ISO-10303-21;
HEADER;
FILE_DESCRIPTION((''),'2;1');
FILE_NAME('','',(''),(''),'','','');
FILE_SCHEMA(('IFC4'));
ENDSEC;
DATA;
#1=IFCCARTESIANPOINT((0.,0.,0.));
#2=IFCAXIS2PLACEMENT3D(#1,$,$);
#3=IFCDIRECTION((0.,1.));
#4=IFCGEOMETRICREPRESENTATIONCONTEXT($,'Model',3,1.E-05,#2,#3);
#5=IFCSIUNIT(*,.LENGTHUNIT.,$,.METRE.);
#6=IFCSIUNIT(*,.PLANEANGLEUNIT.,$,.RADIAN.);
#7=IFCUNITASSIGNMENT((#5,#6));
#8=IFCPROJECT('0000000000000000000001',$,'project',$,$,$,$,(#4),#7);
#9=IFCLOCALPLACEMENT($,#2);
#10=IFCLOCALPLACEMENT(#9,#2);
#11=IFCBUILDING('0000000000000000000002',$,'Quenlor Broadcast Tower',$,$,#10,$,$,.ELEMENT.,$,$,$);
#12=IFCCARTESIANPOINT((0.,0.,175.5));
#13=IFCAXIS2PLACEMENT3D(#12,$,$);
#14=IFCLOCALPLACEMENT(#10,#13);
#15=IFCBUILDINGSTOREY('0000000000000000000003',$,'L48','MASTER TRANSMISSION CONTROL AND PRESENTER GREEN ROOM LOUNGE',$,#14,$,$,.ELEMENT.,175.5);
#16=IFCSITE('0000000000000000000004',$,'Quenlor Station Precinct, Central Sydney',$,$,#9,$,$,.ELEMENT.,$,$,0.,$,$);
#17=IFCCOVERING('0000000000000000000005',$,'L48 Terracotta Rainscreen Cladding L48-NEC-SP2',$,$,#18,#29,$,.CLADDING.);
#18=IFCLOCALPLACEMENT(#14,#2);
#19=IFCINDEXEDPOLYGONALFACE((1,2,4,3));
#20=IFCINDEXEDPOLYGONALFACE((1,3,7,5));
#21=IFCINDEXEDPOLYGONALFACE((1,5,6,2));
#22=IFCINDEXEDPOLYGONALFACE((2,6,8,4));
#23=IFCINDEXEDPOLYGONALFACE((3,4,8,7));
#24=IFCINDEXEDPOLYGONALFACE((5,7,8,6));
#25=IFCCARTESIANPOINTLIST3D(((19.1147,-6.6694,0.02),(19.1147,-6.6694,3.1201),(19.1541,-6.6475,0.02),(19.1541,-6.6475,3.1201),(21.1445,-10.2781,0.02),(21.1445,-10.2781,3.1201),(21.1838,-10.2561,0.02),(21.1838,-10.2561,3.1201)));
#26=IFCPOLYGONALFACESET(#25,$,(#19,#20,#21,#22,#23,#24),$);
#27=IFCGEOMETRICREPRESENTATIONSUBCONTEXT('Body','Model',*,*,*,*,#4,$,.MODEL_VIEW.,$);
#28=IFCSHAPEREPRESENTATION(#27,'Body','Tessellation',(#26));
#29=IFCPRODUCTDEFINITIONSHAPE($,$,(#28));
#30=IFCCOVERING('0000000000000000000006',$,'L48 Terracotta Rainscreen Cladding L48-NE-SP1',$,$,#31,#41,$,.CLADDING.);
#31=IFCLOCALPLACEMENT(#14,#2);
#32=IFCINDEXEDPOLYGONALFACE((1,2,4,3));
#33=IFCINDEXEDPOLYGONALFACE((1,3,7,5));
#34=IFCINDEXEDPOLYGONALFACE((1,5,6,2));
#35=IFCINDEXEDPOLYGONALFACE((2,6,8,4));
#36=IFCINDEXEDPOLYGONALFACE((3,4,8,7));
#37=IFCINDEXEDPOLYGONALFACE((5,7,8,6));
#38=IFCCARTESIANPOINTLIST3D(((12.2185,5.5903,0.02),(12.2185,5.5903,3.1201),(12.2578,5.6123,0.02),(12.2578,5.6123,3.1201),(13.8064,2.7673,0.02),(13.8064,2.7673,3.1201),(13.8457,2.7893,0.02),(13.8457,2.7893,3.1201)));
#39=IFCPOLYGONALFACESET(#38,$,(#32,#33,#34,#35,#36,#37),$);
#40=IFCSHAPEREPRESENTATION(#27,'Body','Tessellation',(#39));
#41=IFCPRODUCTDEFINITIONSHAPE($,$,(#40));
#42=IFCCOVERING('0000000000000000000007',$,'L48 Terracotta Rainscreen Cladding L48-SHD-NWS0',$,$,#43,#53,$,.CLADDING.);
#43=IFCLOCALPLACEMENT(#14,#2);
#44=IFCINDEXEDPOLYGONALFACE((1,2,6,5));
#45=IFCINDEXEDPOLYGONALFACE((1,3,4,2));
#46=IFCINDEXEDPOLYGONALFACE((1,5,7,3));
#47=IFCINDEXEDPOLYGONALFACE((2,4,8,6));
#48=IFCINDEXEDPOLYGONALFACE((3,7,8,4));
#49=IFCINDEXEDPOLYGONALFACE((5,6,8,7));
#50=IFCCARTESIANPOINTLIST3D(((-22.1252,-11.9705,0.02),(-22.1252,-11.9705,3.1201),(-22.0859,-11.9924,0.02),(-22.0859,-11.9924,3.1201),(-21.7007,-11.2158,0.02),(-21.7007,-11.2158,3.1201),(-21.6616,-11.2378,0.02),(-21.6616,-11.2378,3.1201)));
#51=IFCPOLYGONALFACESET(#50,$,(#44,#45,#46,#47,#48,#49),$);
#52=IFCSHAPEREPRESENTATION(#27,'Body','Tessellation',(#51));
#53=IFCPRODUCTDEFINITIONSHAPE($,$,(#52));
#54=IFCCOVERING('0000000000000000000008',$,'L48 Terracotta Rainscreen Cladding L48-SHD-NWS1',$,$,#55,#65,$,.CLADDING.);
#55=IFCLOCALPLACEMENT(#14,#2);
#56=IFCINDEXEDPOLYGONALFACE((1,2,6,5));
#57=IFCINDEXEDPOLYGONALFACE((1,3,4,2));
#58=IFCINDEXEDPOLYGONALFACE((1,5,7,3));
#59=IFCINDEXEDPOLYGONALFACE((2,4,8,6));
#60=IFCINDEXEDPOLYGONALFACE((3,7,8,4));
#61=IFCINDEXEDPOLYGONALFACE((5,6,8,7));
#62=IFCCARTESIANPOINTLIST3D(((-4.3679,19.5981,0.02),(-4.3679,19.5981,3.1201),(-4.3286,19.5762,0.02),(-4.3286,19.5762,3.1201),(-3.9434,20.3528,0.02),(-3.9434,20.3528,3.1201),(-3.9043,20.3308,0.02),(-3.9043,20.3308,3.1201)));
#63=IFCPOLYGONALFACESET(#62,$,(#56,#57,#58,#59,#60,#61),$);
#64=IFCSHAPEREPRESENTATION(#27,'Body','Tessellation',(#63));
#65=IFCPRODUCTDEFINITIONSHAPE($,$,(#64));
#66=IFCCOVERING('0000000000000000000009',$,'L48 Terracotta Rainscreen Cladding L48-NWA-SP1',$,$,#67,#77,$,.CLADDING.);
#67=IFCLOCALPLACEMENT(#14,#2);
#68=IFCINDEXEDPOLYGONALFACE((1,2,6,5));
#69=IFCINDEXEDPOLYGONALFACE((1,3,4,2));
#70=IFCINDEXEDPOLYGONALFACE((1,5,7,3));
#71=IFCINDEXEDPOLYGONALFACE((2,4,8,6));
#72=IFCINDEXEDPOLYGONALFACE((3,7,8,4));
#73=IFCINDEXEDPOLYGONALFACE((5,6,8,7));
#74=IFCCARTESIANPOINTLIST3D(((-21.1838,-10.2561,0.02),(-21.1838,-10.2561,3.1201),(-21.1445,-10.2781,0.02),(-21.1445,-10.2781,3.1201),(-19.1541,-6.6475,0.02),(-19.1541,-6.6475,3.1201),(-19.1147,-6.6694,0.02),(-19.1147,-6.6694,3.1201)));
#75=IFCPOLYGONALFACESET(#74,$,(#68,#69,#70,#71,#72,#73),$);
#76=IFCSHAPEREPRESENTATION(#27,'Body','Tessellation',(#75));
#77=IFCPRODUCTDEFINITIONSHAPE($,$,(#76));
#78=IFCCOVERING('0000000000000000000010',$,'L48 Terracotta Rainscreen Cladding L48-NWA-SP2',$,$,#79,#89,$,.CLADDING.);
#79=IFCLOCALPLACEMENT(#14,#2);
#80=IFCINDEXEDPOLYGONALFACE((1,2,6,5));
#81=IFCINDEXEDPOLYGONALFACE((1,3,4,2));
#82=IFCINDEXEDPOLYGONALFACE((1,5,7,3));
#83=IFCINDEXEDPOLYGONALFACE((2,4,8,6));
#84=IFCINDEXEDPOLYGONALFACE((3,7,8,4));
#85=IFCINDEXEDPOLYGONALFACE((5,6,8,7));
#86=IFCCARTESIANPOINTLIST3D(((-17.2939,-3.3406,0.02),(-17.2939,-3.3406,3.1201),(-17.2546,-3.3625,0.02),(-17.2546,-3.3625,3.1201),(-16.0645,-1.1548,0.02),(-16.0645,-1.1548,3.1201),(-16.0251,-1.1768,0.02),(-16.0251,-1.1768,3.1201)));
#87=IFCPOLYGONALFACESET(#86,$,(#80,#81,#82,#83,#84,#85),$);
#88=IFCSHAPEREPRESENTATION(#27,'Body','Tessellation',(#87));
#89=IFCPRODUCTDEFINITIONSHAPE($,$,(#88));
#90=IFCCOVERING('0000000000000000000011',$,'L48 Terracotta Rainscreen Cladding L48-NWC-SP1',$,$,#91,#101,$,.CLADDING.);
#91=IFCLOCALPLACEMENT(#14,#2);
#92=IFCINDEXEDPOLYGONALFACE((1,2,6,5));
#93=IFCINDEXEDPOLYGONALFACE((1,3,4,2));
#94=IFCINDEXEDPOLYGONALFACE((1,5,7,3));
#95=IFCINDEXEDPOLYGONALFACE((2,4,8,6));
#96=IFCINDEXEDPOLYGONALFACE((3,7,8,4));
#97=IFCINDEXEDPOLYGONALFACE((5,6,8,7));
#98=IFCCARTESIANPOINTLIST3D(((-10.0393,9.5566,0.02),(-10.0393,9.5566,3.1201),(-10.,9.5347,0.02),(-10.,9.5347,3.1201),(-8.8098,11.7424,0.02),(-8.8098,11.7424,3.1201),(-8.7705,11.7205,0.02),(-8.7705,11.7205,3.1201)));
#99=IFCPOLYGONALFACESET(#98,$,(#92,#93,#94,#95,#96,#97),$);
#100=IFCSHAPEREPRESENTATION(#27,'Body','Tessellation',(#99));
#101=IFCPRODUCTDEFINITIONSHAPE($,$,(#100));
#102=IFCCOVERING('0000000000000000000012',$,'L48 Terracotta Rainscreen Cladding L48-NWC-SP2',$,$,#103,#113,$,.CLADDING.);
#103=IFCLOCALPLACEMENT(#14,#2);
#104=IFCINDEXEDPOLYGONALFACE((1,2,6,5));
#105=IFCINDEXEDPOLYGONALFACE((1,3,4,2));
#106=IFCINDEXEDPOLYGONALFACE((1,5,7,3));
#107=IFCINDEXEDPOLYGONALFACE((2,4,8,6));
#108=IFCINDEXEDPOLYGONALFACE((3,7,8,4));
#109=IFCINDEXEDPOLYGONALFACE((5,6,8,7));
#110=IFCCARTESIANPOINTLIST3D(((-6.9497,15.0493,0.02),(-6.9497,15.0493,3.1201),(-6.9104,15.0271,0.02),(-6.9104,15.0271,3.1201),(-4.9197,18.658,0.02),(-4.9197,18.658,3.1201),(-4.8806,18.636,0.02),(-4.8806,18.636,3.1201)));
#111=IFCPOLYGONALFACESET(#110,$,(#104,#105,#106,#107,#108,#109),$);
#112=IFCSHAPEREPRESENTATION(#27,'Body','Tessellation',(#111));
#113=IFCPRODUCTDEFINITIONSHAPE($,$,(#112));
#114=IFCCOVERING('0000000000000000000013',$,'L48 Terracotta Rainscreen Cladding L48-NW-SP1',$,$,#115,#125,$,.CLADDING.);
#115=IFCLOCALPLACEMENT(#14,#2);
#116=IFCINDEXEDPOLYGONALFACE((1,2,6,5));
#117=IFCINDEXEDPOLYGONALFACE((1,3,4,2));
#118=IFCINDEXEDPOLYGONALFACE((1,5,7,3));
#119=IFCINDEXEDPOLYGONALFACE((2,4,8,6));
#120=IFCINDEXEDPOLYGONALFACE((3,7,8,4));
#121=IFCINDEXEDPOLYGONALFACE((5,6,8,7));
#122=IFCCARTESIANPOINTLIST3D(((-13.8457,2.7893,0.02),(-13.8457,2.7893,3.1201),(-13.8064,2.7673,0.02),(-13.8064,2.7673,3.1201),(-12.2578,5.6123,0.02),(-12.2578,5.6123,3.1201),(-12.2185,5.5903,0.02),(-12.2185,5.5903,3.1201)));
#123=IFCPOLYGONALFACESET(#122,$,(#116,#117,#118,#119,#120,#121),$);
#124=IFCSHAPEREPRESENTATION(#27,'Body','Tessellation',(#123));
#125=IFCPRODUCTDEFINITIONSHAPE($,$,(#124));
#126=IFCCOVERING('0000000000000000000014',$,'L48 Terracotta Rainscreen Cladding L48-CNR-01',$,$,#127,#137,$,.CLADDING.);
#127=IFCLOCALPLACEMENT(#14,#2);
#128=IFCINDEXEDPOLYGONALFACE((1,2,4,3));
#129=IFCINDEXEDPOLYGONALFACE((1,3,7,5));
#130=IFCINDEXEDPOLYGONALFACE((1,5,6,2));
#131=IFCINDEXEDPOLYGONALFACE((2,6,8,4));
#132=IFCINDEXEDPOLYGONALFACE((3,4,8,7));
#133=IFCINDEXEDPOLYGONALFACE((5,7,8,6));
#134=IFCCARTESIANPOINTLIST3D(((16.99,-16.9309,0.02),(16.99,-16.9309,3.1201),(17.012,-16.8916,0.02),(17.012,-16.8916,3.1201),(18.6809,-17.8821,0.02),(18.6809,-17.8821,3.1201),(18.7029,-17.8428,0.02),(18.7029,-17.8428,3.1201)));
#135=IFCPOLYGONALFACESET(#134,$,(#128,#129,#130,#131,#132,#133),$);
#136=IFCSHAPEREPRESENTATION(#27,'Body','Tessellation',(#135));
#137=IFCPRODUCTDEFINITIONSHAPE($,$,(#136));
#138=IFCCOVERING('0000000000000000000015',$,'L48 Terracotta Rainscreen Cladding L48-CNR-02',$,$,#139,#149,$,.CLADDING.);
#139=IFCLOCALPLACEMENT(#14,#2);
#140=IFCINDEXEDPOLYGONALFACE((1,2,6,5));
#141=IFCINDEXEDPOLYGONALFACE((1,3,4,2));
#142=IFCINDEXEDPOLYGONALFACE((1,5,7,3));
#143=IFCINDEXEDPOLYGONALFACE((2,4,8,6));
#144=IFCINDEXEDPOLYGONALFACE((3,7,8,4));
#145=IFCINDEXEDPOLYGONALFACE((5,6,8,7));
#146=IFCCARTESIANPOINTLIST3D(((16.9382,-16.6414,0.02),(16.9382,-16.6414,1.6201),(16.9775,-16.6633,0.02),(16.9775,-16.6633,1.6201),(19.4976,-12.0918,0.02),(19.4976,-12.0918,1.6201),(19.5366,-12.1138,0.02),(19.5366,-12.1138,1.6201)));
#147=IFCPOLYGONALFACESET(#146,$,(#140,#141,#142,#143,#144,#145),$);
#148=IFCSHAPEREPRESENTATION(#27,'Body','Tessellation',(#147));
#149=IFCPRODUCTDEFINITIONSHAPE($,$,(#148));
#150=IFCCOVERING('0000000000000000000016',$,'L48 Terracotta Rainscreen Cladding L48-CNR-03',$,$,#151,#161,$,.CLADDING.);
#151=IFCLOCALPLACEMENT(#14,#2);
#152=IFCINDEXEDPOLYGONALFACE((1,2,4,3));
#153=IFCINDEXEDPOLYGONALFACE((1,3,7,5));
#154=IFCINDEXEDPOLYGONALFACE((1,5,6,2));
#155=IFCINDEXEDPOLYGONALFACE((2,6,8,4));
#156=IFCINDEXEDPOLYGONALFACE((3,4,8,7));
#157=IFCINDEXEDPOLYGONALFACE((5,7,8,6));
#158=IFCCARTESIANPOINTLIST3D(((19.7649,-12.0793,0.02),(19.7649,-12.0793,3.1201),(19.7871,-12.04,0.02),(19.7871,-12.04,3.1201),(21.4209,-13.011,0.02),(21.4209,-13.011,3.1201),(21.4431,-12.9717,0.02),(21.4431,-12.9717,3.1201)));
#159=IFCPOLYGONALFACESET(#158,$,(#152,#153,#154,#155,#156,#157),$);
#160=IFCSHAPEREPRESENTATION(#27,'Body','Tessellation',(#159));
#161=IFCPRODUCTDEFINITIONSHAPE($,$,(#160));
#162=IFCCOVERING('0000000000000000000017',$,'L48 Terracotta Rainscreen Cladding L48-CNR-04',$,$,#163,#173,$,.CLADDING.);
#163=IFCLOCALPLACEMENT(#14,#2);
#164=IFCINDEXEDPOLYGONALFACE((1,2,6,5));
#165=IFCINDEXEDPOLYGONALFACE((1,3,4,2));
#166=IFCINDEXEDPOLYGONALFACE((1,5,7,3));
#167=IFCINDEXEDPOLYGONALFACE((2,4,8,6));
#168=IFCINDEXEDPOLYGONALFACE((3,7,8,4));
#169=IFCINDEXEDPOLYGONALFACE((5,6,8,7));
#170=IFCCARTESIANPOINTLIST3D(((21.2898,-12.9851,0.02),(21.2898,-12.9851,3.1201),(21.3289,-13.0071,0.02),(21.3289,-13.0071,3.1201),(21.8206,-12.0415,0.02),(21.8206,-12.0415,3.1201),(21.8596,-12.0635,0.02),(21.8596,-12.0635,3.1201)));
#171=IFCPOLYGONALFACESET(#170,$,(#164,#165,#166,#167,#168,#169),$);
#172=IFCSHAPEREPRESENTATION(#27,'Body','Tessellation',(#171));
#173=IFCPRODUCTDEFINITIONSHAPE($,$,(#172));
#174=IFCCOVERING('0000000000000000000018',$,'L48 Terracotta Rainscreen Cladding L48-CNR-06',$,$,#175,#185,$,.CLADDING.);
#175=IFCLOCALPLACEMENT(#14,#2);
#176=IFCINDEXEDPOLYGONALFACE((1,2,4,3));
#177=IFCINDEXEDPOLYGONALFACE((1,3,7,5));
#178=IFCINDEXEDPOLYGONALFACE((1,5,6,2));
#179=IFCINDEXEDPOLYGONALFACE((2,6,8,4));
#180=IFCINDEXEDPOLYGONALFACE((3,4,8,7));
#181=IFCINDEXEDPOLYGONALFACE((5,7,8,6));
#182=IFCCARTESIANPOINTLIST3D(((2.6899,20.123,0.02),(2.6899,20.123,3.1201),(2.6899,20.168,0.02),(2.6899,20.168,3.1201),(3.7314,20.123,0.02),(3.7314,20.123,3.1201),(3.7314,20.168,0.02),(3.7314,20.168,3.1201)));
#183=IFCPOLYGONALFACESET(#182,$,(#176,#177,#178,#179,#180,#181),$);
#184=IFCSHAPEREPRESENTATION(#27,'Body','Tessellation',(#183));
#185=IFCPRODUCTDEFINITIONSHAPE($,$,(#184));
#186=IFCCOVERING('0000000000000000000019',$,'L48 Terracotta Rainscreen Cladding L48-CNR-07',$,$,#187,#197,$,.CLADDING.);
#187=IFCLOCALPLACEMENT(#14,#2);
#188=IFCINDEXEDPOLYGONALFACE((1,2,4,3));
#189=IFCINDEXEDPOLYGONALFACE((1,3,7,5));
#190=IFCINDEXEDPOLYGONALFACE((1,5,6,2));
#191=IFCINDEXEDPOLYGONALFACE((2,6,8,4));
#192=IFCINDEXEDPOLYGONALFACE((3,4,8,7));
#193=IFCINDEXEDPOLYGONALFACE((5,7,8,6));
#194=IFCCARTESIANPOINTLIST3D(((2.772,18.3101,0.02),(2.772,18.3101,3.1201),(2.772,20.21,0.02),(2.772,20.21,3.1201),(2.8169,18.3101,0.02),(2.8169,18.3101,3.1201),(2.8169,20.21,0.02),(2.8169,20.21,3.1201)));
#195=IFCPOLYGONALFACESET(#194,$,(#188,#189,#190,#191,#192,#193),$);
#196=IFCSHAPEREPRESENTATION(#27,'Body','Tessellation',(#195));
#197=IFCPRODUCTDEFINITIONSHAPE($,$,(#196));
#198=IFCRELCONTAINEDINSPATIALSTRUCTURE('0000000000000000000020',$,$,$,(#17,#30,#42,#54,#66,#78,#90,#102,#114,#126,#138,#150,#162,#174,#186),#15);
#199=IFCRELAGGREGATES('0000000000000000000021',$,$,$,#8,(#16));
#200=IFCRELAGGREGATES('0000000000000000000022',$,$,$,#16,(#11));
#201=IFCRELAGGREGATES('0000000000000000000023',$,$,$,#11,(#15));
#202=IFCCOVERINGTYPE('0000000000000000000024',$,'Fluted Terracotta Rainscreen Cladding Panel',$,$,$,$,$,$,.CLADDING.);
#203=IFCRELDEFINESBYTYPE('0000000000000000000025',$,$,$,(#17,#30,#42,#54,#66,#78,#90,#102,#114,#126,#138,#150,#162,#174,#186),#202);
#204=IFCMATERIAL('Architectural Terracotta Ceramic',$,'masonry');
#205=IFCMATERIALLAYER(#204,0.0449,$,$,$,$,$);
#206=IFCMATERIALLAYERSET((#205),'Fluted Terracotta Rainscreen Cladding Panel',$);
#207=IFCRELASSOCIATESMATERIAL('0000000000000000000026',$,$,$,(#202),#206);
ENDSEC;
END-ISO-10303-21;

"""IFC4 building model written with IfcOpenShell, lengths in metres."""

from ifc_helpers import new_model, si_unit, direction, frame, origin, place, context, subcontext, project, spatial, polyline, outline, extrude, material, layer, layer_set, type_object, element, save


model = new_model("IFC4")

# Units and contexts
model_context = context("Model", 3, precision=1e-05, world=origin(), true_north=direction((0.0, 1.0)))
body_context = subcontext(model_context, "Body", "Model", "MODEL_VIEW")
ifc_project = project(units=[si_unit("LENGTHUNIT", "METRE"), si_unit("PLANEANGLEUNIT", "RADIAN")], contexts=[model_context])

# Site, building, storey
site_placement = place(None, origin())
site = spatial("IfcSite", under=ifc_project, at=site_placement, Name="Quenlor Station Precinct, Central Sydney", CompositionType="ELEMENT", RefElevation=0.0)
building_placement = place(site_placement, origin())
building = spatial("IfcBuilding", under=site, at=building_placement, Name="Quenlor Broadcast Tower", CompositionType="ELEMENT")
storey_placement = place(building_placement, frame((0.0, 0.0, 175.5)))
storey = spatial("IfcBuildingStorey", under=building, at=storey_placement, Name="L48", Description="MASTER TRANSMISSION CONTROL AND PRESENTER GREEN ROOM LOUNGE", CompositionType="ELEMENT", Elevation=175.5)

# Coverings
ifc_material_1 = material(Name="Architectural Terracotta Ceramic", Category="masonry")
ifc_layer_1 = layer(ifc_material_1, 0.0449)
ifc_layer_set_1 = layer_set([ifc_layer_1], Name="Fluted Terracotta Rainscreen Cladding Panel")
covering_type = type_object("IfcCoveringType", Name="Fluted Terracotta Rainscreen Cladding Panel", PredefinedType="CLADDING", material=ifc_layer_set_1)
covering_1_placement = place(storey_placement, frame((0.0, 0.0, 0.02)))
element("IfcCovering", 1, at=covering_1_placement, inside=storey, type_object=covering_type, Name="L48 Terracotta Rainscreen Cladding L48-NEC-SP2", PredefinedType="CLADDING", context=body_context, shape_type="SweptSolid", body=[
    extrude(outline(polyline([(19.1147, -6.6694), (21.1445, -10.2781), (21.1838, -10.2561), (19.1541, -6.6475), (19.1147, -6.6694)])), origin(), (0.0, 0.0, 1.0), 3.1001),
])
covering_2_placement = place(storey_placement, frame((0.0, 0.0, 0.02)))
element("IfcCovering", 2, at=covering_2_placement, inside=storey, type_object=covering_type, Name="L48 Terracotta Rainscreen Cladding L48-NE-SP1", PredefinedType="CLADDING", context=body_context, shape_type="SweptSolid", body=[
    extrude(outline(polyline([(12.2185, 5.5903), (13.8064, 2.7673), (13.8457, 2.7893), (12.2578, 5.6123), (12.2185, 5.5903)])), origin(), (0.0, 0.0, 1.0), 3.1001),
])
covering_3_placement = place(storey_placement, frame((0.0, 0.0, 0.02)))
element("IfcCovering", 3, at=covering_3_placement, inside=storey, type_object=covering_type, Name="L48 Terracotta Rainscreen Cladding L48-SHD-NWS0", PredefinedType="CLADDING", context=body_context, shape_type="SweptSolid", body=[
    extrude(outline(polyline([(-22.0859, -11.9924), (-21.6616, -11.2378), (-21.7007, -11.2158), (-22.1252, -11.9705), (-22.0859, -11.9924)])), origin(), (0.0, 0.0, 1.0), 3.1001),
])
covering_4_placement = place(storey_placement, frame((0.0, 0.0, 0.02)))
element("IfcCovering", 4, at=covering_4_placement, inside=storey, type_object=covering_type, Name="L48 Terracotta Rainscreen Cladding L48-SHD-NWS1", PredefinedType="CLADDING", context=body_context, shape_type="SweptSolid", body=[
    extrude(outline(polyline([(-4.3286, 19.5762), (-3.9043, 20.3308), (-3.9434, 20.3528), (-4.3679, 19.5981), (-4.3286, 19.5762)])), origin(), (0.0, 0.0, 1.0), 3.1001),
])
covering_5_placement = place(storey_placement, frame((0.0, 0.0, 0.02)))
element("IfcCovering", 5, at=covering_5_placement, inside=storey, type_object=covering_type, Name="L48 Terracotta Rainscreen Cladding L48-NWA-SP1", PredefinedType="CLADDING", context=body_context, shape_type="SweptSolid", body=[
    extrude(outline(polyline([(-21.1445, -10.2781), (-19.1147, -6.6694), (-19.1541, -6.6475), (-21.1838, -10.2561), (-21.1445, -10.2781)])), origin(), (0.0, 0.0, 1.0), 3.1001),
])
covering_6_placement = place(storey_placement, frame((0.0, 0.0, 0.02)))
element("IfcCovering", 6, at=covering_6_placement, inside=storey, type_object=covering_type, Name="L48 Terracotta Rainscreen Cladding L48-NWA-SP2", PredefinedType="CLADDING", context=body_context, shape_type="SweptSolid", body=[
    extrude(outline(polyline([(-17.2546, -3.3625), (-16.0251, -1.1768), (-16.0645, -1.1548), (-17.2939, -3.3406), (-17.2546, -3.3625)])), origin(), (0.0, 0.0, 1.0), 3.1001),
])
covering_7_placement = place(storey_placement, frame((0.0, 0.0, 0.02)))
element("IfcCovering", 7, at=covering_7_placement, inside=storey, type_object=covering_type, Name="L48 Terracotta Rainscreen Cladding L48-NWC-SP1", PredefinedType="CLADDING", context=body_context, shape_type="SweptSolid", body=[
    extrude(outline(polyline([(-10.0, 9.5347), (-8.7705, 11.7205), (-8.8098, 11.7424), (-10.0393, 9.5566), (-10.0, 9.5347)])), origin(), (0.0, 0.0, 1.0), 3.1001),
])
covering_8_placement = place(storey_placement, frame((0.0, 0.0, 0.02)))
element("IfcCovering", 8, at=covering_8_placement, inside=storey, type_object=covering_type, Name="L48 Terracotta Rainscreen Cladding L48-NWC-SP2", PredefinedType="CLADDING", context=body_context, shape_type="SweptSolid", body=[
    extrude(outline(polyline([(-6.9104, 15.0271), (-4.8806, 18.636), (-4.9197, 18.658), (-6.9497, 15.0493), (-6.9104, 15.0271)])), origin(), (0.0, 0.0, 1.0), 3.1001),
])
covering_9_placement = place(storey_placement, frame((0.0, 0.0, 0.02)))
element("IfcCovering", 9, at=covering_9_placement, inside=storey, type_object=covering_type, Name="L48 Terracotta Rainscreen Cladding L48-NW-SP1", PredefinedType="CLADDING", context=body_context, shape_type="SweptSolid", body=[
    extrude(outline(polyline([(-13.8064, 2.7673), (-12.2185, 5.5903), (-12.2578, 5.6123), (-13.8457, 2.7893), (-13.8064, 2.7673)])), origin(), (0.0, 0.0, 1.0), 3.1001),
])
covering_10_placement = place(storey_placement, frame((0.0, 0.0, 0.02)))
element("IfcCovering", 10, at=covering_10_placement, inside=storey, type_object=covering_type, Name="L48 Terracotta Rainscreen Cladding L48-CNR-01", PredefinedType="CLADDING", context=body_context, shape_type="SweptSolid", body=[
    extrude(outline(polyline([(18.7029, -17.8428), (17.012, -16.8916), (16.99, -16.9309), (18.6809, -17.8821), (18.7029, -17.8428)])), origin(), (0.0, 0.0, 1.0), 3.1001),
])
covering_11_placement = place(storey_placement, frame((0.0, 0.0, 0.02)))
element("IfcCovering", 11, at=covering_11_placement, inside=storey, type_object=covering_type, Name="L48 Terracotta Rainscreen Cladding L48-CNR-02", PredefinedType="CLADDING", context=body_context, shape_type="SweptSolid", body=[
    extrude(outline(polyline([(16.9775, -16.6633), (19.5366, -12.1138), (19.4976, -12.0918), (16.9382, -16.6414), (16.9775, -16.6633)])), origin(), (0.0, 0.0, 1.0), 1.6001),
])
covering_12_placement = place(storey_placement, frame((0.0, 0.0, 0.02)))
element("IfcCovering", 12, at=covering_12_placement, inside=storey, type_object=covering_type, Name="L48 Terracotta Rainscreen Cladding L48-CNR-03", PredefinedType="CLADDING", context=body_context, shape_type="SweptSolid", body=[
    extrude(outline(polyline([(19.7649, -12.0793), (21.4209, -13.011), (21.4431, -12.9717), (19.7871, -12.04), (19.7649, -12.0793)])), origin(), (0.0, 0.0, 1.0), 3.1001),
])
covering_13_placement = place(storey_placement, frame((0.0, 0.0, 0.02)))
element("IfcCovering", 13, at=covering_13_placement, inside=storey, type_object=covering_type, Name="L48 Terracotta Rainscreen Cladding L48-CNR-04", PredefinedType="CLADDING", context=body_context, shape_type="SweptSolid", body=[
    extrude(outline(polyline([(21.3289, -13.0071), (21.8596, -12.0635), (21.8206, -12.0415), (21.2898, -12.9851), (21.3289, -13.0071)])), origin(), (0.0, 0.0, 1.0), 3.1001),
])
covering_14_placement = place(storey_placement, frame((0.0, 0.0, 0.02)))
element("IfcCovering", 14, at=covering_14_placement, inside=storey, type_object=covering_type, Name="L48 Terracotta Rainscreen Cladding L48-CNR-06", PredefinedType="CLADDING", context=body_context, shape_type="SweptSolid", body=[
    extrude(outline(polyline([(3.7314, 20.168), (2.6899, 20.168), (2.6899, 20.123), (3.7314, 20.123), (3.7314, 20.168)])), origin(), (0.0, 0.0, 1.0), 3.1001),
])
covering_15_placement = place(storey_placement, frame((0.0, 0.0, 0.02)))
element("IfcCovering", 15, at=covering_15_placement, inside=storey, type_object=covering_type, Name="L48 Terracotta Rainscreen Cladding L48-CNR-07", PredefinedType="CLADDING", context=body_context, shape_type="SweptSolid", body=[
    extrude(outline(polyline([(2.772, 20.21), (2.772, 18.3101), (2.8169, 18.3101), (2.8169, 20.21), (2.772, 20.21)])), origin(), (0.0, 0.0, 1.0), 3.1001),
])

save(model, "model.ifc")
